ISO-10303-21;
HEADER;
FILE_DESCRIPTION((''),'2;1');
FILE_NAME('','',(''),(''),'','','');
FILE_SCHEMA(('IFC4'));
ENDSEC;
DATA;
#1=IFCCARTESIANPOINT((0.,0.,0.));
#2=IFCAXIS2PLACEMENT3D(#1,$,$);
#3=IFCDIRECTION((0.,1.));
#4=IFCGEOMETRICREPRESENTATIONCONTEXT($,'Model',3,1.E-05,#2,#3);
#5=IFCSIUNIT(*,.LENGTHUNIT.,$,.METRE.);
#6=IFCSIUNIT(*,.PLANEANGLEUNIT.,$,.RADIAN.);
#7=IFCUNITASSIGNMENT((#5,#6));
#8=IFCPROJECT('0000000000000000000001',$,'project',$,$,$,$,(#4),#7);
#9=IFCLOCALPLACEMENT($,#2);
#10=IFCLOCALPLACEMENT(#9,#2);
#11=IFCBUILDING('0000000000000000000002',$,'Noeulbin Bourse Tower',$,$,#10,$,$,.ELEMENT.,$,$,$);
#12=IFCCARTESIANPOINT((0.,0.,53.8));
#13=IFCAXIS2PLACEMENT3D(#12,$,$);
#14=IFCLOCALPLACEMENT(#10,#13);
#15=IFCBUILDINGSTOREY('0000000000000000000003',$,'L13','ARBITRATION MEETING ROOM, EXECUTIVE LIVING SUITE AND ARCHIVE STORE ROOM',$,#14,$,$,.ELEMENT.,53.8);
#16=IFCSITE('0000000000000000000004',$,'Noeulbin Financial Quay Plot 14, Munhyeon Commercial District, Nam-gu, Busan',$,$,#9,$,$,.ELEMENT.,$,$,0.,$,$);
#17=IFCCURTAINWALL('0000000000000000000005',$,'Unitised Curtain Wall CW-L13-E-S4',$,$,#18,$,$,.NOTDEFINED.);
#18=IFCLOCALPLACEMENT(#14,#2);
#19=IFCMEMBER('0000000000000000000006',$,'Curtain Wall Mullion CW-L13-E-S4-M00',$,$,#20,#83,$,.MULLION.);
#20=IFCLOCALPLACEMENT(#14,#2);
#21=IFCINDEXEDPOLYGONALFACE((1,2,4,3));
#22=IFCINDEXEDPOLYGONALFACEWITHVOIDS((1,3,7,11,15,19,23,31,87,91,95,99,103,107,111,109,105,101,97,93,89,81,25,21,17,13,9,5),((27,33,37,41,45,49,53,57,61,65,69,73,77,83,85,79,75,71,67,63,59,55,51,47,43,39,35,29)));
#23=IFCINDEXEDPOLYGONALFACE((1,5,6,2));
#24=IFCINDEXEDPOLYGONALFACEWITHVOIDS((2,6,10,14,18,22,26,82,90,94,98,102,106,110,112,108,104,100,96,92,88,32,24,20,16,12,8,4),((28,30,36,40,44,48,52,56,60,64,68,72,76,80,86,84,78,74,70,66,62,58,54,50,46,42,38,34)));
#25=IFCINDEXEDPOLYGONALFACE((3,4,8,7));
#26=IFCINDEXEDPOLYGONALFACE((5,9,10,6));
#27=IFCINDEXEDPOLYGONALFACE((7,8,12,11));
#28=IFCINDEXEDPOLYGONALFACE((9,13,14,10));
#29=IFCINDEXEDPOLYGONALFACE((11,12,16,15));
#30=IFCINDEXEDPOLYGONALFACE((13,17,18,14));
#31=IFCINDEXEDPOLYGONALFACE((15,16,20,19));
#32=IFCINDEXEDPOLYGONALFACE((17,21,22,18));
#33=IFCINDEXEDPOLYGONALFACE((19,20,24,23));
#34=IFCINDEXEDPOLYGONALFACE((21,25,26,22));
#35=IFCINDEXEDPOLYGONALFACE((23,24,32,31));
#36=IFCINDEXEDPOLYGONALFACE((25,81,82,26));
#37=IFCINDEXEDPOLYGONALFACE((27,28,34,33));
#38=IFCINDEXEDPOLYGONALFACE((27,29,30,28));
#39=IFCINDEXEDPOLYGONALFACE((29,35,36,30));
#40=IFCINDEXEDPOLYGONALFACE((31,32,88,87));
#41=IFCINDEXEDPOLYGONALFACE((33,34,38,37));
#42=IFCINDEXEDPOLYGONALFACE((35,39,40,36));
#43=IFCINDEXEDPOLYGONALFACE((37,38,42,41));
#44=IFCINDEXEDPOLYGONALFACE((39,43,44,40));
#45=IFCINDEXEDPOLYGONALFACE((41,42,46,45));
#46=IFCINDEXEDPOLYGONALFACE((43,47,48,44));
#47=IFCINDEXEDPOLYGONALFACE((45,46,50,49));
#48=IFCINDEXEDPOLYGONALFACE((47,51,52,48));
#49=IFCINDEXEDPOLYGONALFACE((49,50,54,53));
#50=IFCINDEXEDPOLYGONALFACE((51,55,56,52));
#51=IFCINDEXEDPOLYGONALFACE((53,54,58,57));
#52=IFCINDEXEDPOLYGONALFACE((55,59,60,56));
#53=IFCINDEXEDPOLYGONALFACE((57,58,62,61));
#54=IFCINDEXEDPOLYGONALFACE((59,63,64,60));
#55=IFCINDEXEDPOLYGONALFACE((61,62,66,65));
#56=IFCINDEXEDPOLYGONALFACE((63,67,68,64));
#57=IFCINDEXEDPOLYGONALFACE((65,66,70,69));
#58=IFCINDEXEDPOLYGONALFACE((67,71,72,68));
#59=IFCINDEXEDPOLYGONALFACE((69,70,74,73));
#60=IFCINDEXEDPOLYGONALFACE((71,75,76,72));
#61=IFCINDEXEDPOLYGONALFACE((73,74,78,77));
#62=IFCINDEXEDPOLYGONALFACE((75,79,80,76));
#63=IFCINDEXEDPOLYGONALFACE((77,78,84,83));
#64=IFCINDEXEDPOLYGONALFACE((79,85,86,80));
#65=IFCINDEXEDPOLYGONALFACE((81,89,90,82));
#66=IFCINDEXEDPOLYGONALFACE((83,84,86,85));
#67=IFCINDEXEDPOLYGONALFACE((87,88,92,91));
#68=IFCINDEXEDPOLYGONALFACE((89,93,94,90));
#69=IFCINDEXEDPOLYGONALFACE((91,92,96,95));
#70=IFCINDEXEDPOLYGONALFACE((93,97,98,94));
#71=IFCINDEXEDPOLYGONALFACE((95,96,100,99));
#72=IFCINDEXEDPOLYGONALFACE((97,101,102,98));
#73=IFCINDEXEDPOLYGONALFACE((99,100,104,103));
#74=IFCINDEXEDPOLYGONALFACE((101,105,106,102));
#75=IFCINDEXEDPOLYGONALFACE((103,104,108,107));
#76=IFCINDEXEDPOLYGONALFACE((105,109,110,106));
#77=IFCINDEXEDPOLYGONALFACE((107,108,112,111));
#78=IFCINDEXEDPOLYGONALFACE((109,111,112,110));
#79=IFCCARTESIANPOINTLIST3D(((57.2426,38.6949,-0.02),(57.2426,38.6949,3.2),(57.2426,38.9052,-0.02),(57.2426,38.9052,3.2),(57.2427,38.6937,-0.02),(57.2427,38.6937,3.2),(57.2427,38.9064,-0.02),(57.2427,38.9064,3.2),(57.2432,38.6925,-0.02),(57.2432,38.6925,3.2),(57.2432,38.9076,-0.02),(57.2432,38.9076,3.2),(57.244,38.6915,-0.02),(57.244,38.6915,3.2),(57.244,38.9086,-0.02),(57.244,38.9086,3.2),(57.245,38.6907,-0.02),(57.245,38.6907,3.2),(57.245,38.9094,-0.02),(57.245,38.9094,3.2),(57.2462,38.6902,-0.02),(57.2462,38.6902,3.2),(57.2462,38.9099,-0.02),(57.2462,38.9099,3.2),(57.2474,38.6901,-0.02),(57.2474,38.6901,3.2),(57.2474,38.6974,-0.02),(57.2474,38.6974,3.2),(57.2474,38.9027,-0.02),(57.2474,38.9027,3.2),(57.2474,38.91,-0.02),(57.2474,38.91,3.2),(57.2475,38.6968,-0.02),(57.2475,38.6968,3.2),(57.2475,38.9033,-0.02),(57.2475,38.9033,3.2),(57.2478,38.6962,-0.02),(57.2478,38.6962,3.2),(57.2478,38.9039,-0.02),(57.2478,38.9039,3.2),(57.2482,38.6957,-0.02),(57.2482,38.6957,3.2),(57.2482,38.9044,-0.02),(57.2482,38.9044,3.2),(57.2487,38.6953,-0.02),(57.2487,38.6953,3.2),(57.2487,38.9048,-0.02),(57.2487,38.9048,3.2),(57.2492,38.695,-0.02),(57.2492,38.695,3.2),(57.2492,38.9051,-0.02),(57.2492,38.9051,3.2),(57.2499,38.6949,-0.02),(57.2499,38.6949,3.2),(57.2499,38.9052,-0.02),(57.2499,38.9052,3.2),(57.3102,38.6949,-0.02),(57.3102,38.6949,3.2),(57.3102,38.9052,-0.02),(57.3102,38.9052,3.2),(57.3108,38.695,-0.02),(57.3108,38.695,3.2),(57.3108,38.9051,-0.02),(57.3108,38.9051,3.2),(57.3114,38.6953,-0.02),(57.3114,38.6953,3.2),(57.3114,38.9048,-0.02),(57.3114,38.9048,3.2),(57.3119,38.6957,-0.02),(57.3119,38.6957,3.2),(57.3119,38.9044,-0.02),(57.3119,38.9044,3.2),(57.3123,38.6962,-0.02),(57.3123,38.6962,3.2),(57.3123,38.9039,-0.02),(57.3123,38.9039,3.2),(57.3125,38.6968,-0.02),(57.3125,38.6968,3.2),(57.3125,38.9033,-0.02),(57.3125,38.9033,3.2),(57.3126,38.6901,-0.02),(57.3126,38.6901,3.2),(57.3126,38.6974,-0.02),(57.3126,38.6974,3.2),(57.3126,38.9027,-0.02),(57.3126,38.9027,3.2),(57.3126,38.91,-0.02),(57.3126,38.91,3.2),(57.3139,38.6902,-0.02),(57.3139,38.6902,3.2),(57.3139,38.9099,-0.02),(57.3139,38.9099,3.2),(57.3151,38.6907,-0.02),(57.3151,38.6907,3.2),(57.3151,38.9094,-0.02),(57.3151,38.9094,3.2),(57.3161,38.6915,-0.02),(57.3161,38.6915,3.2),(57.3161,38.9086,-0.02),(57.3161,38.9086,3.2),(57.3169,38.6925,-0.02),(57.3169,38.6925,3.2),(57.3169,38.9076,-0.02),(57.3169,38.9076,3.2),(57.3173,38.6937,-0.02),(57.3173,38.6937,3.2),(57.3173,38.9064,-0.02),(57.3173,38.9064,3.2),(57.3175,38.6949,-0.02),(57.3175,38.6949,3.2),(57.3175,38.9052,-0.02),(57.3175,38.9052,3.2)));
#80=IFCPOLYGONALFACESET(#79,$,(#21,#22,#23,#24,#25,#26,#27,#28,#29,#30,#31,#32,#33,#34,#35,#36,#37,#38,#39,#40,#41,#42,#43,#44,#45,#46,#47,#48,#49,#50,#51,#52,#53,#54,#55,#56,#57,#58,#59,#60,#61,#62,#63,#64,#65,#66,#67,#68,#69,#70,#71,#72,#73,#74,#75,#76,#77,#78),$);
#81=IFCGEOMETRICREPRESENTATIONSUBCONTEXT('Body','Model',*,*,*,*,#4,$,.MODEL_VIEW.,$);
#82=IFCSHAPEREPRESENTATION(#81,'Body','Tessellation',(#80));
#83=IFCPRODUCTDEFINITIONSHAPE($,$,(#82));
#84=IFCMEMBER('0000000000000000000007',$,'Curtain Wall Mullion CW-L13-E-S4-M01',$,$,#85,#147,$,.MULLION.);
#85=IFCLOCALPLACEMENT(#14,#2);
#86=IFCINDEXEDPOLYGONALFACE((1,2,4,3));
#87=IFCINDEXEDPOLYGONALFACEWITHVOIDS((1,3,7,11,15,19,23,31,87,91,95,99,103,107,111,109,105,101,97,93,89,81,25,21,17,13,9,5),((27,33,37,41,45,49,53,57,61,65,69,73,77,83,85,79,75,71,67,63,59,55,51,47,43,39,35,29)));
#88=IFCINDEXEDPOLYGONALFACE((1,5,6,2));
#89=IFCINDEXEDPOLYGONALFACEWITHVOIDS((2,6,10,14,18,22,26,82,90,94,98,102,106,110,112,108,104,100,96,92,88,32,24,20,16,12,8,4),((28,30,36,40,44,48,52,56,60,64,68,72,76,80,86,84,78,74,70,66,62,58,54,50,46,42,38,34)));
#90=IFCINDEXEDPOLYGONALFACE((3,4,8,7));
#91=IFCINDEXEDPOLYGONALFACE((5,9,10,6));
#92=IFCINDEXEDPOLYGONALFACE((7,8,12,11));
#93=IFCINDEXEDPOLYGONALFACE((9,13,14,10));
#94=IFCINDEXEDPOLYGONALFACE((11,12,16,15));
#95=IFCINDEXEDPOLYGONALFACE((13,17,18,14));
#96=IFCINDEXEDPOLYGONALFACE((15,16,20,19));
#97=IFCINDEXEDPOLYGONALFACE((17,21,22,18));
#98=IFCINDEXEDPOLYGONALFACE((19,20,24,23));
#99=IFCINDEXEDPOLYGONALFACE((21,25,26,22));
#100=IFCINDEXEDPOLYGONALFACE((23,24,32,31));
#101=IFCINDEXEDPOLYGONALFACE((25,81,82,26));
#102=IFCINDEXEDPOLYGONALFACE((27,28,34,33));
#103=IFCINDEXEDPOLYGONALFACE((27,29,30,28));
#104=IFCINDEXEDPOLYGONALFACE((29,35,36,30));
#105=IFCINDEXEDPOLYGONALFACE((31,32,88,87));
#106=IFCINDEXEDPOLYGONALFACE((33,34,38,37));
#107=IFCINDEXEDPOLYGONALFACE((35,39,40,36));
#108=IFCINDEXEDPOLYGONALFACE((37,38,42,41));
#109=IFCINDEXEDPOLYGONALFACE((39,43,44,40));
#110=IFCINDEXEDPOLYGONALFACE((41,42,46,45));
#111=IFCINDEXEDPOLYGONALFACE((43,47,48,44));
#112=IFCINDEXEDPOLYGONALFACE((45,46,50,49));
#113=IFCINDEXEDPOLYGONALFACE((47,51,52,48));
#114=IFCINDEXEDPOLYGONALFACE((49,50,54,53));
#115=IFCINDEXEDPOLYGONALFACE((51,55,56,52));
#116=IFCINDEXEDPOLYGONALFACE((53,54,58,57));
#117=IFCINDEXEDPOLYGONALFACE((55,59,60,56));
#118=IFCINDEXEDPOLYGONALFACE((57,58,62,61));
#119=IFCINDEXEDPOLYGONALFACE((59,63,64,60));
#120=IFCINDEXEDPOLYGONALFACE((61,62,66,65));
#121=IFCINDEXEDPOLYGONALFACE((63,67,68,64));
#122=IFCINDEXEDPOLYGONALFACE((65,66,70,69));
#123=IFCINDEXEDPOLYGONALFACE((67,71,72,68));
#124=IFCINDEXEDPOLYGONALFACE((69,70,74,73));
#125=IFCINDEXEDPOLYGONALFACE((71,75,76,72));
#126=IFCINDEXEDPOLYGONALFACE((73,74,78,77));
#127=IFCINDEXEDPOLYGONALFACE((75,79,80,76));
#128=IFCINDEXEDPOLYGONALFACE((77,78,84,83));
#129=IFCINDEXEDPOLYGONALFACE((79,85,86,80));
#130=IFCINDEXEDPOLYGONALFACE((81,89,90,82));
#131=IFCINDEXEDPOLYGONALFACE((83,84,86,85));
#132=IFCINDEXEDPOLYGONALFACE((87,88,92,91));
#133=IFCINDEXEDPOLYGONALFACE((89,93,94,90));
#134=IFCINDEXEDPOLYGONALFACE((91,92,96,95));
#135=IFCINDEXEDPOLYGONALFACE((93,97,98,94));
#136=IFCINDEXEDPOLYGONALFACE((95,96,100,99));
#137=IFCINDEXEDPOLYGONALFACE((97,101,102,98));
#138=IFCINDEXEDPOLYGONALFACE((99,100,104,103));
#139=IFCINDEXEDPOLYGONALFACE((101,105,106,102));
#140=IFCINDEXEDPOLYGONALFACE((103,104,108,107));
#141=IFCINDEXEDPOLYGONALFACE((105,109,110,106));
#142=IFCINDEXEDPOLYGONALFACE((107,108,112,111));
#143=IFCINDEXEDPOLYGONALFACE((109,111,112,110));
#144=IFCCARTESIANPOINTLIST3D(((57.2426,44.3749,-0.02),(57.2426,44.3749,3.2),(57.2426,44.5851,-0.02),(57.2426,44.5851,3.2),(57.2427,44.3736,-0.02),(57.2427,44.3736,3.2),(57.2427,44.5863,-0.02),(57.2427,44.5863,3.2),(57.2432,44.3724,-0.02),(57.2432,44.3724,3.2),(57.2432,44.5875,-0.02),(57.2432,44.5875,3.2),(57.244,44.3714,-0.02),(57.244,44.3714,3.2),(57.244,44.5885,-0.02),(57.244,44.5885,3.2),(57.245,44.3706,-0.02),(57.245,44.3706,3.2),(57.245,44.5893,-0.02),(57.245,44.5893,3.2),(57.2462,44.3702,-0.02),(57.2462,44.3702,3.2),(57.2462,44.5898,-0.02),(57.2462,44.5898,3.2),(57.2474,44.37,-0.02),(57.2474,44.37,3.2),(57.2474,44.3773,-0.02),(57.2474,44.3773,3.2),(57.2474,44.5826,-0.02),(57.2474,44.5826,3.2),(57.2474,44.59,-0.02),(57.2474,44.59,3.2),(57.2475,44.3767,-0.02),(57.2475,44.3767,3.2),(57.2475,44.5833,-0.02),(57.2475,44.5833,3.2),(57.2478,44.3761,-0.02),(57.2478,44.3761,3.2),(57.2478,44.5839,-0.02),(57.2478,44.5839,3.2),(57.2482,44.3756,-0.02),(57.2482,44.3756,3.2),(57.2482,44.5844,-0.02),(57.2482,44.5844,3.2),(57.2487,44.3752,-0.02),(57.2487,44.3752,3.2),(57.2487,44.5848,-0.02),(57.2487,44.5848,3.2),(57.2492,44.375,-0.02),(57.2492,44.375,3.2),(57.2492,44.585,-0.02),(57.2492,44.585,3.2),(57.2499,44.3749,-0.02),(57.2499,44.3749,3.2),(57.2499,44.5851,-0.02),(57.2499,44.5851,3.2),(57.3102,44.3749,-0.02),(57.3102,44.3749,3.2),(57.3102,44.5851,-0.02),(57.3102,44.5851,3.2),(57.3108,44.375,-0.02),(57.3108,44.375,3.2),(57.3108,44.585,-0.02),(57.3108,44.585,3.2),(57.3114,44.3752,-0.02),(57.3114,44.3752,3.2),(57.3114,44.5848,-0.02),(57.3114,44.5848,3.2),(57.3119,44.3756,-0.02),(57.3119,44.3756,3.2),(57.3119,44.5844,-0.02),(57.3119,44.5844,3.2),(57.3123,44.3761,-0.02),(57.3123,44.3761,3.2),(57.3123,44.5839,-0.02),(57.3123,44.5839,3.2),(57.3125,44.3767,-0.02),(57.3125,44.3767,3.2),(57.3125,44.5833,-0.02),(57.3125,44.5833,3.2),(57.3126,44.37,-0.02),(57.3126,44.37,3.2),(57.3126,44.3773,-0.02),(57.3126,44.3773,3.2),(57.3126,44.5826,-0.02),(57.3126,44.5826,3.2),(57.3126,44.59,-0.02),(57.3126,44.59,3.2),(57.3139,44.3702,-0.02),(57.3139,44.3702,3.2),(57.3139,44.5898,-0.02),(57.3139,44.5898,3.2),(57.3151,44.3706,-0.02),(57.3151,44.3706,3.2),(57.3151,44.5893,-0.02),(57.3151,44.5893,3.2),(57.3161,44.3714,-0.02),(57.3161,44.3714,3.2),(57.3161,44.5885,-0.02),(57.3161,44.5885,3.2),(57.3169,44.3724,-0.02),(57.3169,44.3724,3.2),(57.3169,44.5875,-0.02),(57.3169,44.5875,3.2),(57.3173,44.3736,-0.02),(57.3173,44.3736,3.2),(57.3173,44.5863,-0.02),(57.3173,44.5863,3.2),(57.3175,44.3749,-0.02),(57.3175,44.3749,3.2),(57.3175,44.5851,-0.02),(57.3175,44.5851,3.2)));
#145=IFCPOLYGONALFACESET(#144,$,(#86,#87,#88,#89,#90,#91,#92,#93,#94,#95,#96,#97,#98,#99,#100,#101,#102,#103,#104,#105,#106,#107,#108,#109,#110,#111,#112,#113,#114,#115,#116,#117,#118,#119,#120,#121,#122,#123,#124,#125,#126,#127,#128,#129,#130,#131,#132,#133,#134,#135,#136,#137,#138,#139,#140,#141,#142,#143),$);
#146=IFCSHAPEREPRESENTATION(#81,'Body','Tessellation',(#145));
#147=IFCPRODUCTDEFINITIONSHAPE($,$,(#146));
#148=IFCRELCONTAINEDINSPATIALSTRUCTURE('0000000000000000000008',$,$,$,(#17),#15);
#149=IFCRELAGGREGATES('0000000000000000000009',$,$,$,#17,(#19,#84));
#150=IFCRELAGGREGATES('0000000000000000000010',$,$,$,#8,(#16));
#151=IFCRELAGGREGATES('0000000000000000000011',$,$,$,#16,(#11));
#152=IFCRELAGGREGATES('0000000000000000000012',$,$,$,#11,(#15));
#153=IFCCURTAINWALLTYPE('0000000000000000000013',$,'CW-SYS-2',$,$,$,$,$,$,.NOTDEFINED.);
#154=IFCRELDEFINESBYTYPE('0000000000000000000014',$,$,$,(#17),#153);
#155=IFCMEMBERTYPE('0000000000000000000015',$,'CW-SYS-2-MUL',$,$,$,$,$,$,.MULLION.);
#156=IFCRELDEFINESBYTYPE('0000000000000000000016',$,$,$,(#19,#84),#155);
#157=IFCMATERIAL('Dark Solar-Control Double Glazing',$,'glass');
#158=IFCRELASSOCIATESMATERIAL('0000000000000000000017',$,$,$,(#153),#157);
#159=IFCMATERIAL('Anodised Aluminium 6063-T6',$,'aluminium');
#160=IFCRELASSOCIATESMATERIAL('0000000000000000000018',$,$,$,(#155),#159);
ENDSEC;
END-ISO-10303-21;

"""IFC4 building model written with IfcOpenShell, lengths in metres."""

from ifc_helpers import new_model, si_unit, direction, frame, origin, origin_2d, place, context, subcontext, project, spatial, hollow_rectangle, extrude, material, material_profile, profile_set, type_object, element, aggregate, save


model = new_model("IFC4")

# Units and contexts
model_context = context("Model", 3, precision=1e-05, world=origin(), true_north=direction((0.0, 1.0)))
body_context = subcontext(model_context, "Body", "Model", "MODEL_VIEW")
ifc_project = project(units=[si_unit("LENGTHUNIT", "METRE"), si_unit("PLANEANGLEUNIT", "RADIAN")], contexts=[model_context])

# Site, building, storey
site_placement = place(None, origin())
site = spatial("IfcSite", under=ifc_project, at=site_placement, Name="Noeulbin Financial Quay Plot 14, Munhyeon Commercial District, Nam-gu, Busan", CompositionType="ELEMENT", RefElevation=0.0)
building_placement = place(site_placement, origin())
building = spatial("IfcBuilding", under=site, at=building_placement, Name="Noeulbin Bourse Tower", CompositionType="ELEMENT")
storey_placement = place(building_placement, frame((0.0, 0.0, 53.8)))
storey = spatial("IfcBuildingStorey", under=building, at=storey_placement, Name="L13", Description="ARBITRATION MEETING ROOM, EXECUTIVE LIVING SUITE AND ARCHIVE STORE ROOM", CompositionType="ELEMENT", Elevation=53.8)

# Shared definitions
ifc_material_1 = material(Name="Dark Solar-Control Double Glazing", Category="glass")
curtain_wall_type = type_object("IfcCurtainWallType", Name="CW-SYS-2", PredefinedType="NOTDEFINED", material=ifc_material_1)
ifc_material_2 = material(Name="Anodised Aluminium 6063-T6", Category="aluminium")
ifc_material_profile_1 = material_profile(ifc_material_2, hollow_rectangle(XDim=0.075, YDim=0.22, WallThickness=0.0049, InnerFilletRadius=0.0024, OuterFilletRadius=0.0049, at=origin_2d()), Name="ALU-MULL-75x220x5", Category="LoadBearing")
ifc_profile_set_1 = profile_set([ifc_material_profile_1], Name="Anodised Aluminium 6063-T6")
member_type_1 = type_object("IfcMemberType", Name="CW-SYS-2-MUL", PredefinedType="MULLION", material=ifc_profile_set_1)

# Curtain wall, members
curtain_wall_1_placement = place(storey_placement, origin())
curtain_wall_1 = element("IfcCurtainWall", 1, at=curtain_wall_1_placement, inside=storey, type_object=curtain_wall_type, Name="Unitised Curtain Wall CW-L13-E-S4", PredefinedType="NOTDEFINED")
member_1_placement = place(storey_placement, frame((57.28, 38.8, -0.02), z_axis=(0.0, 0.0, 1.0), x_axis=(1.0, 0.0, 0.0)))
member_1 = element("IfcMember", 2, at=member_1_placement, type_object=member_type_1, Name="Curtain Wall Mullion CW-L13-E-S4-M00", PredefinedType="MULLION", context=body_context, shape_type="SweptSolid", body=[
    extrude(hollow_rectangle(XDim=0.075, YDim=0.22, WallThickness=0.0049, InnerFilletRadius=0.0024, OuterFilletRadius=0.0049, at=origin_2d()), origin(), (0.0, 0.0, 1.0), 3.22),
])
member_2_placement = place(storey_placement, frame((57.28, 44.48, -0.02), z_axis=(0.0, 0.0, 1.0), x_axis=(1.0, 0.0, 0.0)))
member_2 = element("IfcMember", 3, at=member_2_placement, type_object=member_type_1, Name="Curtain Wall Mullion CW-L13-E-S4-M01", PredefinedType="MULLION", context=body_context, shape_type="SweptSolid", body=[
    extrude(hollow_rectangle(XDim=0.075, YDim=0.22, WallThickness=0.0049, InnerFilletRadius=0.0024, OuterFilletRadius=0.0049, at=origin_2d()), origin(), (0.0, 0.0, 1.0), 3.22),
])

aggregate(curtain_wall_1, [member_1, member_2])

save(model, "model.ifc")
